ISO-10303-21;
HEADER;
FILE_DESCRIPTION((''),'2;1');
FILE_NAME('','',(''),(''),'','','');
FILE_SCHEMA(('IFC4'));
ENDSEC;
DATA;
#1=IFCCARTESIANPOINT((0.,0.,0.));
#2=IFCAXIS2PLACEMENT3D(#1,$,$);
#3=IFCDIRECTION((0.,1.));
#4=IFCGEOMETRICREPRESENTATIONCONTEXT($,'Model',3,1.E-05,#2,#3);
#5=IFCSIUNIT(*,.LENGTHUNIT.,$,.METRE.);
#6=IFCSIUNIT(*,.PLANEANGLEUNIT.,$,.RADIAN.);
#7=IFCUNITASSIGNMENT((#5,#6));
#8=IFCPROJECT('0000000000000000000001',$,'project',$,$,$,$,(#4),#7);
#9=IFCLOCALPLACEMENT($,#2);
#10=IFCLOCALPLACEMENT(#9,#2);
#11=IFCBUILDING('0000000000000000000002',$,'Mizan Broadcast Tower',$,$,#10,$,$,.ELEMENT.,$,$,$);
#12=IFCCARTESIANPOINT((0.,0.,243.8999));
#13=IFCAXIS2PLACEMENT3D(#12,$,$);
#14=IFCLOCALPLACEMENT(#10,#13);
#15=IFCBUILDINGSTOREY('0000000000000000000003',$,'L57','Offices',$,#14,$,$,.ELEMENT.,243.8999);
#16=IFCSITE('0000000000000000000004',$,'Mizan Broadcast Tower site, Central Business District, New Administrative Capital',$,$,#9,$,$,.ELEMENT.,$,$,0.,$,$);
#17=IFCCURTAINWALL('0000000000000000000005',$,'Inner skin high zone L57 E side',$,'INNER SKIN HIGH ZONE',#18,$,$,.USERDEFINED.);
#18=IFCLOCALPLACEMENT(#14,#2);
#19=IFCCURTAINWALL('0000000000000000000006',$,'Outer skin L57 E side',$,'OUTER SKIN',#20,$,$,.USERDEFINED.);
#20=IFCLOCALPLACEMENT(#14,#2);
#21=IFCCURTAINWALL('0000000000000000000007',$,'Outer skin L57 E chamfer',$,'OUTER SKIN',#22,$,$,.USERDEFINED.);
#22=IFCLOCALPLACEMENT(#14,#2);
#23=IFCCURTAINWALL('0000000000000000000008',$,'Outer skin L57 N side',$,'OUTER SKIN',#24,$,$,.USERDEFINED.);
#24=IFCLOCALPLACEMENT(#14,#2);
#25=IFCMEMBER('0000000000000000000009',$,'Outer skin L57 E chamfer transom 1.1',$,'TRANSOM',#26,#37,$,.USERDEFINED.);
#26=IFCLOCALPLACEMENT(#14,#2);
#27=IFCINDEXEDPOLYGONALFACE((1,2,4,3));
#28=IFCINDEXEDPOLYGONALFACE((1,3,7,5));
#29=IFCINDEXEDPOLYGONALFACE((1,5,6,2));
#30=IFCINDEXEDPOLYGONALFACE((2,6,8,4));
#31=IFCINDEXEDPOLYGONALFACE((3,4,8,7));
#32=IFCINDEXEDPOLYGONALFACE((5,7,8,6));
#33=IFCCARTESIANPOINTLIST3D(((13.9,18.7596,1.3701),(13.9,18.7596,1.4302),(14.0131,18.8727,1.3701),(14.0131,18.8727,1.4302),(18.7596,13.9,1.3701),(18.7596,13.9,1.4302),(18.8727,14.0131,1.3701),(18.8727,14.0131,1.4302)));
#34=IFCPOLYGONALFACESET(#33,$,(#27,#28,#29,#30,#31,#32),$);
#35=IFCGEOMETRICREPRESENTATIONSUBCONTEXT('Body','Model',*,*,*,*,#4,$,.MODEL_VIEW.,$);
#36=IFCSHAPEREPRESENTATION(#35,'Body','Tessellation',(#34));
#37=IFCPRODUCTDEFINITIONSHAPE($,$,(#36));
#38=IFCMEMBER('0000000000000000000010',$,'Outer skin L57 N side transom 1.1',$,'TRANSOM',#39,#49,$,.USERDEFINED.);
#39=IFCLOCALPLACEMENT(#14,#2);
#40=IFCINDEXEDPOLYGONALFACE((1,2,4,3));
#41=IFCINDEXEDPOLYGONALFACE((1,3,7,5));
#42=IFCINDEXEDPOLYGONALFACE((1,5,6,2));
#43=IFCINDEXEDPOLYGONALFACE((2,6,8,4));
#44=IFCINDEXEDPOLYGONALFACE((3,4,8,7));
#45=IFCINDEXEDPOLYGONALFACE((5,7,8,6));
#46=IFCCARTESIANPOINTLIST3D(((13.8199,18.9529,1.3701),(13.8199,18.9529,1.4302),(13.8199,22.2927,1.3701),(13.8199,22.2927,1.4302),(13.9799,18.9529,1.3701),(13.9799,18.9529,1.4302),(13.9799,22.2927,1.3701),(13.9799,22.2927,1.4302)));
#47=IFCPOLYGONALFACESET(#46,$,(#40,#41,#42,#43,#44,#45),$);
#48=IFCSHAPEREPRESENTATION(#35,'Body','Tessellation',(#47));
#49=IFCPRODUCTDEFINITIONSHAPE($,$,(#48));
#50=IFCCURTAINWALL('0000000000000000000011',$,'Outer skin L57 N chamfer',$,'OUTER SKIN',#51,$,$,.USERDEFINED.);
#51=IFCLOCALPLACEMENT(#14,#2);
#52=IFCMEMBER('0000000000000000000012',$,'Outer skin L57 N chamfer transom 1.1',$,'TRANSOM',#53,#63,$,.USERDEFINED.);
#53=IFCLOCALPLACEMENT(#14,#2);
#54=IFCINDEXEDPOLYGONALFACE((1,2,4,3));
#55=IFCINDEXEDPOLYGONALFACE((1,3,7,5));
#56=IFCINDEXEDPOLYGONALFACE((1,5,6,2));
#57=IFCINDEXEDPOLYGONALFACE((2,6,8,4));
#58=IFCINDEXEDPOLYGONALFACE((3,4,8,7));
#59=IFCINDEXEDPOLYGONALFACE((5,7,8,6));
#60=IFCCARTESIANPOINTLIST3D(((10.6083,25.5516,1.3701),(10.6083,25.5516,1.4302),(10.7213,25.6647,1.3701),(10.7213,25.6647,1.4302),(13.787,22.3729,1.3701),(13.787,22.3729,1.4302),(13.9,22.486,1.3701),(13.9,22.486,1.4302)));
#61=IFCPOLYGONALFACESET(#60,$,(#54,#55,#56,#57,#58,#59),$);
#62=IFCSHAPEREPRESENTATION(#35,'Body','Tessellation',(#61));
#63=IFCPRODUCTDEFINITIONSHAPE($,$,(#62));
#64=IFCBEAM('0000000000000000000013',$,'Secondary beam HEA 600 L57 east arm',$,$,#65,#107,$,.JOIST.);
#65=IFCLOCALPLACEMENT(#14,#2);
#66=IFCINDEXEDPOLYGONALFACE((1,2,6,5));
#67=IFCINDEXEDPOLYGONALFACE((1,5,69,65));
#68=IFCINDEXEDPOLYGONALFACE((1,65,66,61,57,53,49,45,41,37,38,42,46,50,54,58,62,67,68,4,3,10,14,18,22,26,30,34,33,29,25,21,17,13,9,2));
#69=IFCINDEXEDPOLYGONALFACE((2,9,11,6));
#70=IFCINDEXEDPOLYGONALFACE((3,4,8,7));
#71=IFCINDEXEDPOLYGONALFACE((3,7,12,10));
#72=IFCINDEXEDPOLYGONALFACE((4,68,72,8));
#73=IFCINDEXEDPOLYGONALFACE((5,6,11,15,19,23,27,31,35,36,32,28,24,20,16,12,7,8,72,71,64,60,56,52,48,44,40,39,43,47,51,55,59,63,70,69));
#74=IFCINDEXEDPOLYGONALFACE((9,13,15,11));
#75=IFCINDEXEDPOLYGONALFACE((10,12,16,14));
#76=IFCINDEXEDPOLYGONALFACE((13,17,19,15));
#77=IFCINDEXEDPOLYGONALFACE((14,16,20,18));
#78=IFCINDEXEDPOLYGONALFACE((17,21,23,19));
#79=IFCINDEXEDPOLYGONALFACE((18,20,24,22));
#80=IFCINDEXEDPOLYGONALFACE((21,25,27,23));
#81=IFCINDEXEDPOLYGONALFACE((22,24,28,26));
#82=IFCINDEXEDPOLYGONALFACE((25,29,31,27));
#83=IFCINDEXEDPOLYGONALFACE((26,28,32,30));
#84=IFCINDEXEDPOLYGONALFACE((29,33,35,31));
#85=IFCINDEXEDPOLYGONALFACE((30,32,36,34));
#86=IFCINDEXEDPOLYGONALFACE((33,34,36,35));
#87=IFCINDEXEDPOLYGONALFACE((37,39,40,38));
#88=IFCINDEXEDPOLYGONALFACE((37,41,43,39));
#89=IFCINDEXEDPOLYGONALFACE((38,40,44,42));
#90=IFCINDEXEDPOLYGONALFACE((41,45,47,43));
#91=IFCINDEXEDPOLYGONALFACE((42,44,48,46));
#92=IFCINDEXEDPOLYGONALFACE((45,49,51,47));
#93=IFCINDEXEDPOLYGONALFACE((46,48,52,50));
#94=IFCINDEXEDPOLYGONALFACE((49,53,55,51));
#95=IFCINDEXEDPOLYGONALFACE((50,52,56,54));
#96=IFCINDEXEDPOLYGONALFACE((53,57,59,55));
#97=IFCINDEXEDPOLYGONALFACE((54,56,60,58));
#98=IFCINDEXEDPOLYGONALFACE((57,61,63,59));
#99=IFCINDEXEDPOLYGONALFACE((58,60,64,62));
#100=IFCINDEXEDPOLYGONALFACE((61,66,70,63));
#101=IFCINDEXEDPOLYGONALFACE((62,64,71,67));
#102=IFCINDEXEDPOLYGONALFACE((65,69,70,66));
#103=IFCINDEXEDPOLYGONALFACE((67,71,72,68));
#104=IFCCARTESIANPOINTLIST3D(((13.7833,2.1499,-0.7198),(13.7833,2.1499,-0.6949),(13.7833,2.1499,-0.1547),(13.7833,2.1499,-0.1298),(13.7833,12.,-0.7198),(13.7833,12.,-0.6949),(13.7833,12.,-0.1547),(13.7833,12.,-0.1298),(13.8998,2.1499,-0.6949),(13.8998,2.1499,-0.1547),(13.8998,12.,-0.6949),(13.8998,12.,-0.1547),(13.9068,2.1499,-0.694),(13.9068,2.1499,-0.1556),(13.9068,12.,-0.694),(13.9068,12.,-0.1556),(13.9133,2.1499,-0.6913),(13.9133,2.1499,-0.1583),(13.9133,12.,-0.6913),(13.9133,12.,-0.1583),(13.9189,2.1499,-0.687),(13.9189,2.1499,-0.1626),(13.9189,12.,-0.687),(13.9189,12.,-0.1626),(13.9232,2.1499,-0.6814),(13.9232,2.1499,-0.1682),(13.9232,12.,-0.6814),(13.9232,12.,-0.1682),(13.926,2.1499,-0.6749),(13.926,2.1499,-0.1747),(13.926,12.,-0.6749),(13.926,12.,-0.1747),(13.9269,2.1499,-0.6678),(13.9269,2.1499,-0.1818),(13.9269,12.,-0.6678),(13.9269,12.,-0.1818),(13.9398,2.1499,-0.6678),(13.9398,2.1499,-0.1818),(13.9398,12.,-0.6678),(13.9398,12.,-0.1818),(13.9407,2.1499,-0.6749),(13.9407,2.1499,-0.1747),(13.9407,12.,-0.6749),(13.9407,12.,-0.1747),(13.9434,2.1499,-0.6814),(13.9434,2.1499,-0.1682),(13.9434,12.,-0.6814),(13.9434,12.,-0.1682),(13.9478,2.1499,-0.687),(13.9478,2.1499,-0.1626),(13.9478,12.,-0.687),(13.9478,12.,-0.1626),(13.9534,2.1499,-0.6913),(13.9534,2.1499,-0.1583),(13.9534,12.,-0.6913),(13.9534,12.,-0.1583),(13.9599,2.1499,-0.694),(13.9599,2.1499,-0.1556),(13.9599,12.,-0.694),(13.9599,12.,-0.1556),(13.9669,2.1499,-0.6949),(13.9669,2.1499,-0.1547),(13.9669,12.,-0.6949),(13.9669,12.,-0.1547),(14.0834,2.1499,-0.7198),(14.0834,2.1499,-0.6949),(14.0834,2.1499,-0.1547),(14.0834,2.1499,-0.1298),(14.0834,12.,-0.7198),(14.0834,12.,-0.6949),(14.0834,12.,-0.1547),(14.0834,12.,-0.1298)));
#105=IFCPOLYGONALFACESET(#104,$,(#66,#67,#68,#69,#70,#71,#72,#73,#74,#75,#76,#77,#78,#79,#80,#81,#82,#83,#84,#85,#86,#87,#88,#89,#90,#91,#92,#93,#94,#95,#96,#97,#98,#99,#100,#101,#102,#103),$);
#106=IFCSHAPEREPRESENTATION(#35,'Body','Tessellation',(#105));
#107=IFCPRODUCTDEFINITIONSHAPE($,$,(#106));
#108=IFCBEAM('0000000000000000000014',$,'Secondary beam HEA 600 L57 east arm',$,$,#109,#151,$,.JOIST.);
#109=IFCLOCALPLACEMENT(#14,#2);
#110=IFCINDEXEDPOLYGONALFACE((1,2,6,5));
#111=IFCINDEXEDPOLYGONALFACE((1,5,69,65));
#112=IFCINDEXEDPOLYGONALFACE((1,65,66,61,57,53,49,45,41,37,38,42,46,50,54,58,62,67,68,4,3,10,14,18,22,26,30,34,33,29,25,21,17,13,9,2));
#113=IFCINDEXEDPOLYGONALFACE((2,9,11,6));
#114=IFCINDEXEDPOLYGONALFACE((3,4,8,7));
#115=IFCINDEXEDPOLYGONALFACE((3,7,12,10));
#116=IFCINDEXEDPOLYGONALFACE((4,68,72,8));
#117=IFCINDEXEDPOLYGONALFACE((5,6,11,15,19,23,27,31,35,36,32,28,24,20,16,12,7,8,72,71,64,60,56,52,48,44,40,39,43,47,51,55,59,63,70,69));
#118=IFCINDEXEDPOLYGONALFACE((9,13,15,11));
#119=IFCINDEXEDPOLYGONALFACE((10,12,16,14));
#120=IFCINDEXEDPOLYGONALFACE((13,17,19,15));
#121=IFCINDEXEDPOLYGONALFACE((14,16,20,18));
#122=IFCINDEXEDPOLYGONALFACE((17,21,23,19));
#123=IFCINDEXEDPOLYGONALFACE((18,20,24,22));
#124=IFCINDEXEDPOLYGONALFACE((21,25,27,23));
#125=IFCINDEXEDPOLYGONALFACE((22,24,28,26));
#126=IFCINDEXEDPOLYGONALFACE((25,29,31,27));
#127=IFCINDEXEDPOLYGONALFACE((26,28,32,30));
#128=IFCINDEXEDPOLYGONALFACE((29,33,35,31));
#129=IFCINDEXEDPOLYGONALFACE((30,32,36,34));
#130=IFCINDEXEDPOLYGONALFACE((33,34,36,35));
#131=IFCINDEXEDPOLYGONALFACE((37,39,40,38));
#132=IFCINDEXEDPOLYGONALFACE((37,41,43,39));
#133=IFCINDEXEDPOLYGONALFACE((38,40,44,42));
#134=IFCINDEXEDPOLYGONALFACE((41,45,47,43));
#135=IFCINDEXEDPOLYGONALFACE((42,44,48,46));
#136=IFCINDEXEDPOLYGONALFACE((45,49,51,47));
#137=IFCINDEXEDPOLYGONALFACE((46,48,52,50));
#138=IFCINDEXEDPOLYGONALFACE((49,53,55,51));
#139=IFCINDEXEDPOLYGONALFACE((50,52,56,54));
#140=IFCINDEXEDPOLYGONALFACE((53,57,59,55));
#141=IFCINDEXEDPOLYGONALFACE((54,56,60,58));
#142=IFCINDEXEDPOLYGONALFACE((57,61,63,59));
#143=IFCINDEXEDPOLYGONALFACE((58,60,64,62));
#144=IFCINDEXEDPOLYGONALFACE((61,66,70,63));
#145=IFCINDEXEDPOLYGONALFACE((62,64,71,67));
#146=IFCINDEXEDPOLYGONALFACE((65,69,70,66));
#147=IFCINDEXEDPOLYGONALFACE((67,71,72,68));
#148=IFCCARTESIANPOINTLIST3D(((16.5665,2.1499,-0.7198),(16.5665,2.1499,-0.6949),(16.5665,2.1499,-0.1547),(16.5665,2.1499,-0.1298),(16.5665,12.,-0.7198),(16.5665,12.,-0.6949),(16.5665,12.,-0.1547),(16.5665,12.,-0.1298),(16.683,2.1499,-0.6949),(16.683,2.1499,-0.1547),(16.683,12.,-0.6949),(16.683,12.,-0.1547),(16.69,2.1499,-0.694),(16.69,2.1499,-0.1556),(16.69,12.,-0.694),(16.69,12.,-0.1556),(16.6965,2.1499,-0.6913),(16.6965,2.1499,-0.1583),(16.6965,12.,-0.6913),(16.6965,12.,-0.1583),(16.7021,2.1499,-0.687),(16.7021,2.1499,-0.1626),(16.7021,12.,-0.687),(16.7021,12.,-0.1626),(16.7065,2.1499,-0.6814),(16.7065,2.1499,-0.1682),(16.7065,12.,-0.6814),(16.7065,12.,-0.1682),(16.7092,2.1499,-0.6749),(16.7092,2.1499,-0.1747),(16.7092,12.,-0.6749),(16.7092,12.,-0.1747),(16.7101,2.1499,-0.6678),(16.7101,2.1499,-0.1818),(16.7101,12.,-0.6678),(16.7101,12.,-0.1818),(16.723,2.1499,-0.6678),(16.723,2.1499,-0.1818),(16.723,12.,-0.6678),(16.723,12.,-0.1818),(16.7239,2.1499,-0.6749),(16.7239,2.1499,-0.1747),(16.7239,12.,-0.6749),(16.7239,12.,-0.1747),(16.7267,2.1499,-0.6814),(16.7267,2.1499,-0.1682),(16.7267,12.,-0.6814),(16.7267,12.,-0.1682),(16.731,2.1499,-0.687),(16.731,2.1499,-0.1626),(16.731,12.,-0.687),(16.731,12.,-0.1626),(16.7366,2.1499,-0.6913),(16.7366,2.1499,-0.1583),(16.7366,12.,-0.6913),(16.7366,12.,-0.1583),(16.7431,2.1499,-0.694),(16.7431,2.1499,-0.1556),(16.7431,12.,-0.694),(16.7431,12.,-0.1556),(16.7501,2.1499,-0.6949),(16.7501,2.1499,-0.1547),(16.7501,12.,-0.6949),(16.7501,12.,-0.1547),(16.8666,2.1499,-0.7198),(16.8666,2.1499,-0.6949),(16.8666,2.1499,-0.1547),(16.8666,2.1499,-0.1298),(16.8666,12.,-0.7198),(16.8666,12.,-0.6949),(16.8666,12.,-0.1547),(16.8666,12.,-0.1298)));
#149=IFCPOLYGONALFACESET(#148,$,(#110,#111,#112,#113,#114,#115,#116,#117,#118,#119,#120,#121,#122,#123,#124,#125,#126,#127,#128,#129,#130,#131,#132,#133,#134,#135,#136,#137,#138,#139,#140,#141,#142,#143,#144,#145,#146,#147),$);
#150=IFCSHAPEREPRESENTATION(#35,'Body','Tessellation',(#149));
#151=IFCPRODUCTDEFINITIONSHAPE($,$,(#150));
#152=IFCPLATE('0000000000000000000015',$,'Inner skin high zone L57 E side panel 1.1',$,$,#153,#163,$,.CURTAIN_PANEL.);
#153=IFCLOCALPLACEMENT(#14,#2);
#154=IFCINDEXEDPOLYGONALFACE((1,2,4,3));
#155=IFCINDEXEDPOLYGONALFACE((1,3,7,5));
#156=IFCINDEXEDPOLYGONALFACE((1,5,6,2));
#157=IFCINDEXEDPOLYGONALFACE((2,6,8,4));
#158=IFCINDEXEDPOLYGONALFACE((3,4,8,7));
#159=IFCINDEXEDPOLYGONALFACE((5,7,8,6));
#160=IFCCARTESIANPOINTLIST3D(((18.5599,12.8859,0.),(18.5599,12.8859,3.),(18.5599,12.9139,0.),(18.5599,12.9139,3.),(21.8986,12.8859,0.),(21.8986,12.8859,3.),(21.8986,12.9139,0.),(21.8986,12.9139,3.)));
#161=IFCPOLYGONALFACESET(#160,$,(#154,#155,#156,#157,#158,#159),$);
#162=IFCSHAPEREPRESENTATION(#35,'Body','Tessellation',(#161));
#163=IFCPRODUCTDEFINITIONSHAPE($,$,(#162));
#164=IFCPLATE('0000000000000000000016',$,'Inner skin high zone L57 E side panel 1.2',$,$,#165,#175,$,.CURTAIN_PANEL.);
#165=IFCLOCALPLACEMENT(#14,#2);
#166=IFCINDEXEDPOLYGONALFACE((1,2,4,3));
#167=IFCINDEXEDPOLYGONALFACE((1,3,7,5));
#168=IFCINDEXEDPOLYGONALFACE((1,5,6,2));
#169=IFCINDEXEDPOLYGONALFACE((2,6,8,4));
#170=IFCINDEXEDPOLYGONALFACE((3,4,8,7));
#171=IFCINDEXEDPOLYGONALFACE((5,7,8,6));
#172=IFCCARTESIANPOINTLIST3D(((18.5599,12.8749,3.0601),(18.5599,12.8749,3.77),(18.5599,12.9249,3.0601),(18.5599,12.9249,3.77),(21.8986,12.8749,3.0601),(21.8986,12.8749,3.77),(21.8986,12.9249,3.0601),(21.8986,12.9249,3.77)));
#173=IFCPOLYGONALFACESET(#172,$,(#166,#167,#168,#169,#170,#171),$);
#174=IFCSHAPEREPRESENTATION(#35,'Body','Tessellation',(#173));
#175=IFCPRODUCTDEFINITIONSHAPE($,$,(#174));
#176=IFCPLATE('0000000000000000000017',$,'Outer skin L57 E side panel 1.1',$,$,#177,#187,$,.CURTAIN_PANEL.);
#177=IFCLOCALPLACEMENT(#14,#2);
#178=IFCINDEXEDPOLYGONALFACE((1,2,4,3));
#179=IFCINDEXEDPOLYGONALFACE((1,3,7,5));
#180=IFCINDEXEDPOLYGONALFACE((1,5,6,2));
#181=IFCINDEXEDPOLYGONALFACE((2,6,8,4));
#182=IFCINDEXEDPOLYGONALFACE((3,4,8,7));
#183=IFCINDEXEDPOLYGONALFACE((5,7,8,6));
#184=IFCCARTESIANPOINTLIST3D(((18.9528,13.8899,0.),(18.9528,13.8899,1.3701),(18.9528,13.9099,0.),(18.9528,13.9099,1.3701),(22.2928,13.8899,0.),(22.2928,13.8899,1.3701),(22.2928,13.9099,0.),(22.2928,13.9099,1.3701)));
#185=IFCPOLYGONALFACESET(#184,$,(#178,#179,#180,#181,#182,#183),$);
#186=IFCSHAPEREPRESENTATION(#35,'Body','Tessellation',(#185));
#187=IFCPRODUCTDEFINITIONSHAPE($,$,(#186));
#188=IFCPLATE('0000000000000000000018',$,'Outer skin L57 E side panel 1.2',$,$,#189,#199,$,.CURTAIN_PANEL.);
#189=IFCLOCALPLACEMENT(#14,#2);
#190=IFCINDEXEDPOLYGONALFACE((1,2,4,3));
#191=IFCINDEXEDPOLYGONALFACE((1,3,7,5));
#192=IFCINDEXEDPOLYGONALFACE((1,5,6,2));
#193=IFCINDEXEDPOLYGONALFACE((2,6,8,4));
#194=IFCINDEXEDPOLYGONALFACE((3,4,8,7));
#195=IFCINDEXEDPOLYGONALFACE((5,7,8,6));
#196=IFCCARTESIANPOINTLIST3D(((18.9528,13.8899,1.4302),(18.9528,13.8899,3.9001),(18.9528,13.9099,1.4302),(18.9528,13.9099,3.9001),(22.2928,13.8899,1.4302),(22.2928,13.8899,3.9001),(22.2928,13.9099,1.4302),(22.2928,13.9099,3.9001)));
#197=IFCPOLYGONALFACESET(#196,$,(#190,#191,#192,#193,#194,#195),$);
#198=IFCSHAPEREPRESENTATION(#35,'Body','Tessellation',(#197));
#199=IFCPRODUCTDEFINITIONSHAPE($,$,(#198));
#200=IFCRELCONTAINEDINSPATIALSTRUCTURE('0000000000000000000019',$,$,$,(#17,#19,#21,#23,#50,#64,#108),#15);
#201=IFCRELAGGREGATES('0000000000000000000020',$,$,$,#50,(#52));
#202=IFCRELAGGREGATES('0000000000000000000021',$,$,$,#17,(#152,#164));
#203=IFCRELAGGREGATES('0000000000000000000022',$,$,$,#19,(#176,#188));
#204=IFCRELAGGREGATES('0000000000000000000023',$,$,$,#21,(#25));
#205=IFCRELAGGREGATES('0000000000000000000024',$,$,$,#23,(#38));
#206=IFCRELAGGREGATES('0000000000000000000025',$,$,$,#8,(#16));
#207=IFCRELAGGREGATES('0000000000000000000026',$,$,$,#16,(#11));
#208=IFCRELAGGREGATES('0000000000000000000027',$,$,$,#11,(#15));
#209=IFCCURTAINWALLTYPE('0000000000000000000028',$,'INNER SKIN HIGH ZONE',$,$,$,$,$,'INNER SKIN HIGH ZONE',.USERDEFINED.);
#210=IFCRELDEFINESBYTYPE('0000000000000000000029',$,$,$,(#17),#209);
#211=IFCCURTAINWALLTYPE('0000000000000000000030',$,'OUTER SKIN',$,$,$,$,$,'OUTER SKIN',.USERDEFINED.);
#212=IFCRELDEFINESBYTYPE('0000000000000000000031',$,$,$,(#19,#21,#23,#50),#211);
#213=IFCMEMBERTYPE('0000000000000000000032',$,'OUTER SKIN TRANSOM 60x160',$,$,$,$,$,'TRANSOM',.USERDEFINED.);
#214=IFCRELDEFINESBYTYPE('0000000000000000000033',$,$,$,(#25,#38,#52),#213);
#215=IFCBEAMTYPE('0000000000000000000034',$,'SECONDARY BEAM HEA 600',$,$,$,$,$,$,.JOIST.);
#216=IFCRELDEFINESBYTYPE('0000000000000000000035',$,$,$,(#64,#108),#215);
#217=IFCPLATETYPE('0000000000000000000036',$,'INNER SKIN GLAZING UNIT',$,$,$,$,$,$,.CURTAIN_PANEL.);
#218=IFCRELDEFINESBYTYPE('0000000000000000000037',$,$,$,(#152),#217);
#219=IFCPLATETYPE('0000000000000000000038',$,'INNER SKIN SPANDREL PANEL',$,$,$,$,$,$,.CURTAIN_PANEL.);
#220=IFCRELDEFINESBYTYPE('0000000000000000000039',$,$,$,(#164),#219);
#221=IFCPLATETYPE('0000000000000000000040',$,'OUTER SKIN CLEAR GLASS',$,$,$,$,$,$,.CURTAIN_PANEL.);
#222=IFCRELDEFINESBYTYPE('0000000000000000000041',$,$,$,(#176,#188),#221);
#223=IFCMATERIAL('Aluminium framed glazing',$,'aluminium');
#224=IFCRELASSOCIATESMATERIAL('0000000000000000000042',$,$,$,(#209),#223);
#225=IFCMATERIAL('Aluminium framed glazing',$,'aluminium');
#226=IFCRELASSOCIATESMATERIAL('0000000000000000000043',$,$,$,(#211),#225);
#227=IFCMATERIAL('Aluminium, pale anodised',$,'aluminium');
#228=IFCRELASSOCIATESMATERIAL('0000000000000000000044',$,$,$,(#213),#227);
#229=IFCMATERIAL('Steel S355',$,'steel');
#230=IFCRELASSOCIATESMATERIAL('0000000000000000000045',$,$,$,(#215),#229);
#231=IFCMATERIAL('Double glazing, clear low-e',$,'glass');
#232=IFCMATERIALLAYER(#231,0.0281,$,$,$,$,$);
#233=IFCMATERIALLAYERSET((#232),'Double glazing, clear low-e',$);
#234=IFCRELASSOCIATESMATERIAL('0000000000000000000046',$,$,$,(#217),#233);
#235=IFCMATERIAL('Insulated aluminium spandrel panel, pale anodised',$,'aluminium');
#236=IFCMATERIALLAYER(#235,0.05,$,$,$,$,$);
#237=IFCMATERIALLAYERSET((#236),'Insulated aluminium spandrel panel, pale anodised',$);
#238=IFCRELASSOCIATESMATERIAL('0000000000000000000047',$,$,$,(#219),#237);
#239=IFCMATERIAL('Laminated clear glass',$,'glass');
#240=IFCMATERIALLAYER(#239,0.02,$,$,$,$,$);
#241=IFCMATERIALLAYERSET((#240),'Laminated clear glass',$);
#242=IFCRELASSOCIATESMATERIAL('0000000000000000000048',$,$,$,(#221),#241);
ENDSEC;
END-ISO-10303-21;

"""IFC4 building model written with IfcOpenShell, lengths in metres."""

from ifc_helpers import new_model, si_unit, direction, frame, origin, origin_2d, place, context, subcontext, project, spatial, rectangle, i_section, extrude, material, layer, layer_set, material_profile, profile_set, type_object, element, aggregate, save


model = new_model("IFC4")

# Units and contexts
model_context = context("Model", 3, precision=1e-05, world=origin(), true_north=direction((0.0, 1.0)))
body_context = subcontext(model_context, "Body", "Model", "MODEL_VIEW")
ifc_project = project(units=[si_unit("LENGTHUNIT", "METRE"), si_unit("PLANEANGLEUNIT", "RADIAN")], contexts=[model_context])

# Site, building, storey
site_placement = place(None, origin())
site = spatial("IfcSite", under=ifc_project, at=site_placement, Name="Mizan Broadcast Tower site, Central Business District, New Administrative Capital", CompositionType="ELEMENT", RefElevation=0.0)
building_placement = place(site_placement, origin())
building = spatial("IfcBuilding", under=site, at=building_placement, Name="Mizan Broadcast Tower", CompositionType="ELEMENT")
storey_placement = place(building_placement, frame((0.0, 0.0, 243.8999)))
storey = spatial("IfcBuildingStorey", under=building, at=storey_placement, Name="L57", Description="Offices", CompositionType="ELEMENT", Elevation=243.8999)

# Curtain wall
ifc_material_1 = material(Name="Aluminium framed glazing", Category="aluminium")
curtain_wall_type_1 = type_object("IfcCurtainWallType", Name="INNER SKIN HIGH ZONE", ElementType="INNER SKIN HIGH ZONE", PredefinedType="USERDEFINED", material=ifc_material_1)
curtain_wall_1_placement = place(storey_placement, origin())
curtain_wall_1 = element("IfcCurtainWall", 1, at=curtain_wall_1_placement, inside=storey, type_object=curtain_wall_type_1, Name="Inner skin high zone L57 E side", ObjectType="INNER SKIN HIGH ZONE", PredefinedType="USERDEFINED")

# Curtain walls
ifc_material_2 = material(Name="Aluminium framed glazing", Category="aluminium")
curtain_wall_type_2 = type_object("IfcCurtainWallType", Name="OUTER SKIN", ElementType="OUTER SKIN", PredefinedType="USERDEFINED", material=ifc_material_2)
curtain_wall_2_placement = place(storey_placement, origin())
curtain_wall_2 = element("IfcCurtainWall", 2, at=curtain_wall_2_placement, inside=storey, type_object=curtain_wall_type_2, Name="Outer skin L57 E side", ObjectType="OUTER SKIN", PredefinedType="USERDEFINED")
curtain_wall_3_placement = place(storey_placement, origin())
curtain_wall_3 = element("IfcCurtainWall", 3, at=curtain_wall_3_placement, inside=storey, type_object=curtain_wall_type_2, Name="Outer skin L57 E chamfer", ObjectType="OUTER SKIN", PredefinedType="USERDEFINED")
curtain_wall_4_placement = place(storey_placement, origin())
curtain_wall_4 = element("IfcCurtainWall", 4, at=curtain_wall_4_placement, inside=storey, type_object=curtain_wall_type_2, Name="Outer skin L57 N side", ObjectType="OUTER SKIN", PredefinedType="USERDEFINED")

# Members
ifc_material_3 = material(Name="Aluminium, pale anodised", Category="aluminium")
ifc_material_profile_1 = material_profile(ifc_material_3, rectangle(XDim=0.1599, YDim=0.0601, at=origin_2d()), Name="TRANSOM 160x60")
ifc_profile_set_1 = profile_set([ifc_material_profile_1], Name="Aluminium, pale anodised")
member_type_1 = type_object("IfcMemberType", Name="OUTER SKIN TRANSOM 60x160", ElementType="TRANSOM", PredefinedType="USERDEFINED", material=ifc_profile_set_1)
member_1_placement = place(storey_placement, frame((18.8162, 13.9565, 1.4001), z_axis=(-0.707107, 0.707107, 0.0), x_axis=(-0.707107, -0.707107, 0.0)))
member_1 = element("IfcMember", 5, at=member_1_placement, type_object=member_type_1, Name="Outer skin L57 E chamfer transom 1.1", ObjectType="TRANSOM", PredefinedType="USERDEFINED", context=body_context, shape_type="SweptSolid", body=[
    extrude(rectangle(XDim=0.1599, YDim=0.0601, at=origin_2d()), origin(), (0.0, 0.0, 1.0), 6.8726),
])
member_2_placement = place(storey_placement, frame((13.8999, 18.9529, 1.4001), z_axis=(0.0, 1.0, 0.0), x_axis=(-1.0, 0.0, 0.0)))
member_2 = element("IfcMember", 6, at=member_2_placement, type_object=member_type_1, Name="Outer skin L57 N side transom 1.1", ObjectType="TRANSOM", PredefinedType="USERDEFINED", context=body_context, shape_type="SweptSolid", body=[
    extrude(rectangle(XDim=0.1599, YDim=0.0601, at=origin_2d()), origin(), (0.0, 0.0, 1.0), 3.3398),
])

# Curtain wall, member
curtain_wall_5_placement = place(storey_placement, origin())
curtain_wall_5 = element("IfcCurtainWall", 7, at=curtain_wall_5_placement, inside=storey, type_object=curtain_wall_type_2, Name="Outer skin L57 N chamfer", ObjectType="OUTER SKIN", PredefinedType="USERDEFINED")
member_3_placement = place(storey_placement, frame((13.8435, 22.4294, 1.4001), z_axis=(-0.707107, 0.707107, 0.0), x_axis=(-0.707107, -0.707107, 0.0)))
member_3 = element("IfcMember", 8, at=member_3_placement, type_object=member_type_1, Name="Outer skin L57 N chamfer transom 1.1", ObjectType="TRANSOM", PredefinedType="USERDEFINED", context=body_context, shape_type="SweptSolid", body=[
    extrude(rectangle(XDim=0.1599, YDim=0.0601, at=origin_2d()), origin(), (0.0, 0.0, 1.0), 4.4954),
])
aggregate(curtain_wall_5, [member_3])

# Beams
ifc_material_4 = material(Name="Steel S355", Category="steel")
ifc_material_profile_2 = material_profile(ifc_material_4, i_section(OverallWidth=0.3, OverallDepth=0.5901, WebThickness=0.0129, FlangeThickness=0.0249, FilletRadius=0.0271, at=origin_2d()), Name="HEA 600")
ifc_profile_set_2 = profile_set([ifc_material_profile_2], Name="Steel S355")
beam_type_1 = type_object("IfcBeamType", Name="SECONDARY BEAM HEA 600", PredefinedType="JOIST", material=ifc_profile_set_2)
for number, where, z_axis, x_axis, name in (
    (9, (13.9333, 12.0, -0.4248), (0.0, -1.0, 0.0), (1.0, 0.0, 0.0), "Secondary beam HEA 600 L57 east arm"),
    (10, (16.7166, 12.0, -0.4248), (0.0, -1.0, 0.0), (1.0, 0.0, 0.0), "Secondary beam HEA 600 L57 east arm"),
):
    element("IfcBeam", number, at=place(storey_placement, frame(where, z_axis=z_axis, x_axis=x_axis)), inside=storey, type_object=beam_type_1, Name=name, PredefinedType="JOIST", context=body_context, shape_type="SweptSolid", body=[
        extrude(i_section(OverallWidth=0.3, OverallDepth=0.5901, WebThickness=0.0129, FlangeThickness=0.0249, FilletRadius=0.0271, at=origin_2d()), origin(), (0.0, 0.0, 1.0), 9.8501),
    ])

# Plates
ifc_material_5 = material(Name="Double glazing, clear low-e", Category="glass")
ifc_layer_1 = layer(ifc_material_5, 0.0281)
ifc_layer_set_1 = layer_set([ifc_layer_1], Name="Double glazing, clear low-e")
plate_type_1 = type_object("IfcPlateType", Name="INNER SKIN GLAZING UNIT", PredefinedType="CURTAIN_PANEL", material=ifc_layer_set_1)
plate_1_placement = place(storey_placement, frame((20.2292, 12.8999, 0.0), z_axis=(0.0, 0.0, 1.0), x_axis=(-1.0, 0.0, 0.0)))
plate_1 = element("IfcPlate", 11, at=plate_1_placement, type_object=plate_type_1, Name="Inner skin high zone L57 E side panel 1.1", PredefinedType="CURTAIN_PANEL", context=body_context, shape_type="SweptSolid", body=[
    extrude(rectangle(XDim=3.3386, YDim=0.0281, at=origin_2d()), origin(), (0.0, 0.0, 1.0), 3.0),
])
ifc_material_6 = material(Name="Insulated aluminium spandrel panel, pale anodised", Category="aluminium")
ifc_layer_2 = layer(ifc_material_6, 0.05)
ifc_layer_set_2 = layer_set([ifc_layer_2], Name="Insulated aluminium spandrel panel, pale anodised")
plate_type_2 = type_object("IfcPlateType", Name="INNER SKIN SPANDREL PANEL", PredefinedType="CURTAIN_PANEL", material=ifc_layer_set_2)
plate_2_placement = place(storey_placement, frame((20.2292, 12.8999, 3.0601), z_axis=(0.0, 0.0, 1.0), x_axis=(-1.0, 0.0, 0.0)))
plate_2 = element("IfcPlate", 12, at=plate_2_placement, type_object=plate_type_2, Name="Inner skin high zone L57 E side panel 1.2", PredefinedType="CURTAIN_PANEL", context=body_context, shape_type="SweptSolid", body=[
    extrude(rectangle(XDim=3.3386, YDim=0.05, at=origin_2d()), origin(), (0.0, 0.0, 1.0), 0.71),
])
aggregate(curtain_wall_1, [plate_1, plate_2])
ifc_material_7 = material(Name="Laminated clear glass", Category="glass")
ifc_layer_3 = layer(ifc_material_7, 0.02)
ifc_layer_set_3 = layer_set([ifc_layer_3], Name="Laminated clear glass")
plate_type_3 = type_object("IfcPlateType", Name="OUTER SKIN CLEAR GLASS", PredefinedType="CURTAIN_PANEL", material=ifc_layer_set_3)
plate_3_placement = place(storey_placement, frame((20.6228, 13.8999, 0.0), z_axis=(0.0, 0.0, 1.0), x_axis=(-1.0, 0.0, 0.0)))
plate_3 = element("IfcPlate", 13, at=plate_3_placement, type_object=plate_type_3, Name="Outer skin L57 E side panel 1.1", PredefinedType="CURTAIN_PANEL", context=body_context, shape_type="SweptSolid", body=[
    extrude(rectangle(XDim=3.3401, YDim=0.02, at=origin_2d()), origin(), (0.0, 0.0, 1.0), 1.3701),
])
plate_4_placement = place(storey_placement, frame((20.6228, 13.8999, 1.4302), z_axis=(0.0, 0.0, 1.0), x_axis=(-1.0, 0.0, 0.0)))
plate_4 = element("IfcPlate", 14, at=plate_4_placement, type_object=plate_type_3, Name="Outer skin L57 E side panel 1.2", PredefinedType="CURTAIN_PANEL", context=body_context, shape_type="SweptSolid", body=[
    extrude(rectangle(XDim=3.3401, YDim=0.02, at=origin_2d()), origin(), (0.0, 0.0, 1.0), 2.47),
])
aggregate(curtain_wall_2, [plate_3, plate_4])
aggregate(curtain_wall_3, [member_1])
aggregate(curtain_wall_4, [member_2])

save(model, "model.ifc")
